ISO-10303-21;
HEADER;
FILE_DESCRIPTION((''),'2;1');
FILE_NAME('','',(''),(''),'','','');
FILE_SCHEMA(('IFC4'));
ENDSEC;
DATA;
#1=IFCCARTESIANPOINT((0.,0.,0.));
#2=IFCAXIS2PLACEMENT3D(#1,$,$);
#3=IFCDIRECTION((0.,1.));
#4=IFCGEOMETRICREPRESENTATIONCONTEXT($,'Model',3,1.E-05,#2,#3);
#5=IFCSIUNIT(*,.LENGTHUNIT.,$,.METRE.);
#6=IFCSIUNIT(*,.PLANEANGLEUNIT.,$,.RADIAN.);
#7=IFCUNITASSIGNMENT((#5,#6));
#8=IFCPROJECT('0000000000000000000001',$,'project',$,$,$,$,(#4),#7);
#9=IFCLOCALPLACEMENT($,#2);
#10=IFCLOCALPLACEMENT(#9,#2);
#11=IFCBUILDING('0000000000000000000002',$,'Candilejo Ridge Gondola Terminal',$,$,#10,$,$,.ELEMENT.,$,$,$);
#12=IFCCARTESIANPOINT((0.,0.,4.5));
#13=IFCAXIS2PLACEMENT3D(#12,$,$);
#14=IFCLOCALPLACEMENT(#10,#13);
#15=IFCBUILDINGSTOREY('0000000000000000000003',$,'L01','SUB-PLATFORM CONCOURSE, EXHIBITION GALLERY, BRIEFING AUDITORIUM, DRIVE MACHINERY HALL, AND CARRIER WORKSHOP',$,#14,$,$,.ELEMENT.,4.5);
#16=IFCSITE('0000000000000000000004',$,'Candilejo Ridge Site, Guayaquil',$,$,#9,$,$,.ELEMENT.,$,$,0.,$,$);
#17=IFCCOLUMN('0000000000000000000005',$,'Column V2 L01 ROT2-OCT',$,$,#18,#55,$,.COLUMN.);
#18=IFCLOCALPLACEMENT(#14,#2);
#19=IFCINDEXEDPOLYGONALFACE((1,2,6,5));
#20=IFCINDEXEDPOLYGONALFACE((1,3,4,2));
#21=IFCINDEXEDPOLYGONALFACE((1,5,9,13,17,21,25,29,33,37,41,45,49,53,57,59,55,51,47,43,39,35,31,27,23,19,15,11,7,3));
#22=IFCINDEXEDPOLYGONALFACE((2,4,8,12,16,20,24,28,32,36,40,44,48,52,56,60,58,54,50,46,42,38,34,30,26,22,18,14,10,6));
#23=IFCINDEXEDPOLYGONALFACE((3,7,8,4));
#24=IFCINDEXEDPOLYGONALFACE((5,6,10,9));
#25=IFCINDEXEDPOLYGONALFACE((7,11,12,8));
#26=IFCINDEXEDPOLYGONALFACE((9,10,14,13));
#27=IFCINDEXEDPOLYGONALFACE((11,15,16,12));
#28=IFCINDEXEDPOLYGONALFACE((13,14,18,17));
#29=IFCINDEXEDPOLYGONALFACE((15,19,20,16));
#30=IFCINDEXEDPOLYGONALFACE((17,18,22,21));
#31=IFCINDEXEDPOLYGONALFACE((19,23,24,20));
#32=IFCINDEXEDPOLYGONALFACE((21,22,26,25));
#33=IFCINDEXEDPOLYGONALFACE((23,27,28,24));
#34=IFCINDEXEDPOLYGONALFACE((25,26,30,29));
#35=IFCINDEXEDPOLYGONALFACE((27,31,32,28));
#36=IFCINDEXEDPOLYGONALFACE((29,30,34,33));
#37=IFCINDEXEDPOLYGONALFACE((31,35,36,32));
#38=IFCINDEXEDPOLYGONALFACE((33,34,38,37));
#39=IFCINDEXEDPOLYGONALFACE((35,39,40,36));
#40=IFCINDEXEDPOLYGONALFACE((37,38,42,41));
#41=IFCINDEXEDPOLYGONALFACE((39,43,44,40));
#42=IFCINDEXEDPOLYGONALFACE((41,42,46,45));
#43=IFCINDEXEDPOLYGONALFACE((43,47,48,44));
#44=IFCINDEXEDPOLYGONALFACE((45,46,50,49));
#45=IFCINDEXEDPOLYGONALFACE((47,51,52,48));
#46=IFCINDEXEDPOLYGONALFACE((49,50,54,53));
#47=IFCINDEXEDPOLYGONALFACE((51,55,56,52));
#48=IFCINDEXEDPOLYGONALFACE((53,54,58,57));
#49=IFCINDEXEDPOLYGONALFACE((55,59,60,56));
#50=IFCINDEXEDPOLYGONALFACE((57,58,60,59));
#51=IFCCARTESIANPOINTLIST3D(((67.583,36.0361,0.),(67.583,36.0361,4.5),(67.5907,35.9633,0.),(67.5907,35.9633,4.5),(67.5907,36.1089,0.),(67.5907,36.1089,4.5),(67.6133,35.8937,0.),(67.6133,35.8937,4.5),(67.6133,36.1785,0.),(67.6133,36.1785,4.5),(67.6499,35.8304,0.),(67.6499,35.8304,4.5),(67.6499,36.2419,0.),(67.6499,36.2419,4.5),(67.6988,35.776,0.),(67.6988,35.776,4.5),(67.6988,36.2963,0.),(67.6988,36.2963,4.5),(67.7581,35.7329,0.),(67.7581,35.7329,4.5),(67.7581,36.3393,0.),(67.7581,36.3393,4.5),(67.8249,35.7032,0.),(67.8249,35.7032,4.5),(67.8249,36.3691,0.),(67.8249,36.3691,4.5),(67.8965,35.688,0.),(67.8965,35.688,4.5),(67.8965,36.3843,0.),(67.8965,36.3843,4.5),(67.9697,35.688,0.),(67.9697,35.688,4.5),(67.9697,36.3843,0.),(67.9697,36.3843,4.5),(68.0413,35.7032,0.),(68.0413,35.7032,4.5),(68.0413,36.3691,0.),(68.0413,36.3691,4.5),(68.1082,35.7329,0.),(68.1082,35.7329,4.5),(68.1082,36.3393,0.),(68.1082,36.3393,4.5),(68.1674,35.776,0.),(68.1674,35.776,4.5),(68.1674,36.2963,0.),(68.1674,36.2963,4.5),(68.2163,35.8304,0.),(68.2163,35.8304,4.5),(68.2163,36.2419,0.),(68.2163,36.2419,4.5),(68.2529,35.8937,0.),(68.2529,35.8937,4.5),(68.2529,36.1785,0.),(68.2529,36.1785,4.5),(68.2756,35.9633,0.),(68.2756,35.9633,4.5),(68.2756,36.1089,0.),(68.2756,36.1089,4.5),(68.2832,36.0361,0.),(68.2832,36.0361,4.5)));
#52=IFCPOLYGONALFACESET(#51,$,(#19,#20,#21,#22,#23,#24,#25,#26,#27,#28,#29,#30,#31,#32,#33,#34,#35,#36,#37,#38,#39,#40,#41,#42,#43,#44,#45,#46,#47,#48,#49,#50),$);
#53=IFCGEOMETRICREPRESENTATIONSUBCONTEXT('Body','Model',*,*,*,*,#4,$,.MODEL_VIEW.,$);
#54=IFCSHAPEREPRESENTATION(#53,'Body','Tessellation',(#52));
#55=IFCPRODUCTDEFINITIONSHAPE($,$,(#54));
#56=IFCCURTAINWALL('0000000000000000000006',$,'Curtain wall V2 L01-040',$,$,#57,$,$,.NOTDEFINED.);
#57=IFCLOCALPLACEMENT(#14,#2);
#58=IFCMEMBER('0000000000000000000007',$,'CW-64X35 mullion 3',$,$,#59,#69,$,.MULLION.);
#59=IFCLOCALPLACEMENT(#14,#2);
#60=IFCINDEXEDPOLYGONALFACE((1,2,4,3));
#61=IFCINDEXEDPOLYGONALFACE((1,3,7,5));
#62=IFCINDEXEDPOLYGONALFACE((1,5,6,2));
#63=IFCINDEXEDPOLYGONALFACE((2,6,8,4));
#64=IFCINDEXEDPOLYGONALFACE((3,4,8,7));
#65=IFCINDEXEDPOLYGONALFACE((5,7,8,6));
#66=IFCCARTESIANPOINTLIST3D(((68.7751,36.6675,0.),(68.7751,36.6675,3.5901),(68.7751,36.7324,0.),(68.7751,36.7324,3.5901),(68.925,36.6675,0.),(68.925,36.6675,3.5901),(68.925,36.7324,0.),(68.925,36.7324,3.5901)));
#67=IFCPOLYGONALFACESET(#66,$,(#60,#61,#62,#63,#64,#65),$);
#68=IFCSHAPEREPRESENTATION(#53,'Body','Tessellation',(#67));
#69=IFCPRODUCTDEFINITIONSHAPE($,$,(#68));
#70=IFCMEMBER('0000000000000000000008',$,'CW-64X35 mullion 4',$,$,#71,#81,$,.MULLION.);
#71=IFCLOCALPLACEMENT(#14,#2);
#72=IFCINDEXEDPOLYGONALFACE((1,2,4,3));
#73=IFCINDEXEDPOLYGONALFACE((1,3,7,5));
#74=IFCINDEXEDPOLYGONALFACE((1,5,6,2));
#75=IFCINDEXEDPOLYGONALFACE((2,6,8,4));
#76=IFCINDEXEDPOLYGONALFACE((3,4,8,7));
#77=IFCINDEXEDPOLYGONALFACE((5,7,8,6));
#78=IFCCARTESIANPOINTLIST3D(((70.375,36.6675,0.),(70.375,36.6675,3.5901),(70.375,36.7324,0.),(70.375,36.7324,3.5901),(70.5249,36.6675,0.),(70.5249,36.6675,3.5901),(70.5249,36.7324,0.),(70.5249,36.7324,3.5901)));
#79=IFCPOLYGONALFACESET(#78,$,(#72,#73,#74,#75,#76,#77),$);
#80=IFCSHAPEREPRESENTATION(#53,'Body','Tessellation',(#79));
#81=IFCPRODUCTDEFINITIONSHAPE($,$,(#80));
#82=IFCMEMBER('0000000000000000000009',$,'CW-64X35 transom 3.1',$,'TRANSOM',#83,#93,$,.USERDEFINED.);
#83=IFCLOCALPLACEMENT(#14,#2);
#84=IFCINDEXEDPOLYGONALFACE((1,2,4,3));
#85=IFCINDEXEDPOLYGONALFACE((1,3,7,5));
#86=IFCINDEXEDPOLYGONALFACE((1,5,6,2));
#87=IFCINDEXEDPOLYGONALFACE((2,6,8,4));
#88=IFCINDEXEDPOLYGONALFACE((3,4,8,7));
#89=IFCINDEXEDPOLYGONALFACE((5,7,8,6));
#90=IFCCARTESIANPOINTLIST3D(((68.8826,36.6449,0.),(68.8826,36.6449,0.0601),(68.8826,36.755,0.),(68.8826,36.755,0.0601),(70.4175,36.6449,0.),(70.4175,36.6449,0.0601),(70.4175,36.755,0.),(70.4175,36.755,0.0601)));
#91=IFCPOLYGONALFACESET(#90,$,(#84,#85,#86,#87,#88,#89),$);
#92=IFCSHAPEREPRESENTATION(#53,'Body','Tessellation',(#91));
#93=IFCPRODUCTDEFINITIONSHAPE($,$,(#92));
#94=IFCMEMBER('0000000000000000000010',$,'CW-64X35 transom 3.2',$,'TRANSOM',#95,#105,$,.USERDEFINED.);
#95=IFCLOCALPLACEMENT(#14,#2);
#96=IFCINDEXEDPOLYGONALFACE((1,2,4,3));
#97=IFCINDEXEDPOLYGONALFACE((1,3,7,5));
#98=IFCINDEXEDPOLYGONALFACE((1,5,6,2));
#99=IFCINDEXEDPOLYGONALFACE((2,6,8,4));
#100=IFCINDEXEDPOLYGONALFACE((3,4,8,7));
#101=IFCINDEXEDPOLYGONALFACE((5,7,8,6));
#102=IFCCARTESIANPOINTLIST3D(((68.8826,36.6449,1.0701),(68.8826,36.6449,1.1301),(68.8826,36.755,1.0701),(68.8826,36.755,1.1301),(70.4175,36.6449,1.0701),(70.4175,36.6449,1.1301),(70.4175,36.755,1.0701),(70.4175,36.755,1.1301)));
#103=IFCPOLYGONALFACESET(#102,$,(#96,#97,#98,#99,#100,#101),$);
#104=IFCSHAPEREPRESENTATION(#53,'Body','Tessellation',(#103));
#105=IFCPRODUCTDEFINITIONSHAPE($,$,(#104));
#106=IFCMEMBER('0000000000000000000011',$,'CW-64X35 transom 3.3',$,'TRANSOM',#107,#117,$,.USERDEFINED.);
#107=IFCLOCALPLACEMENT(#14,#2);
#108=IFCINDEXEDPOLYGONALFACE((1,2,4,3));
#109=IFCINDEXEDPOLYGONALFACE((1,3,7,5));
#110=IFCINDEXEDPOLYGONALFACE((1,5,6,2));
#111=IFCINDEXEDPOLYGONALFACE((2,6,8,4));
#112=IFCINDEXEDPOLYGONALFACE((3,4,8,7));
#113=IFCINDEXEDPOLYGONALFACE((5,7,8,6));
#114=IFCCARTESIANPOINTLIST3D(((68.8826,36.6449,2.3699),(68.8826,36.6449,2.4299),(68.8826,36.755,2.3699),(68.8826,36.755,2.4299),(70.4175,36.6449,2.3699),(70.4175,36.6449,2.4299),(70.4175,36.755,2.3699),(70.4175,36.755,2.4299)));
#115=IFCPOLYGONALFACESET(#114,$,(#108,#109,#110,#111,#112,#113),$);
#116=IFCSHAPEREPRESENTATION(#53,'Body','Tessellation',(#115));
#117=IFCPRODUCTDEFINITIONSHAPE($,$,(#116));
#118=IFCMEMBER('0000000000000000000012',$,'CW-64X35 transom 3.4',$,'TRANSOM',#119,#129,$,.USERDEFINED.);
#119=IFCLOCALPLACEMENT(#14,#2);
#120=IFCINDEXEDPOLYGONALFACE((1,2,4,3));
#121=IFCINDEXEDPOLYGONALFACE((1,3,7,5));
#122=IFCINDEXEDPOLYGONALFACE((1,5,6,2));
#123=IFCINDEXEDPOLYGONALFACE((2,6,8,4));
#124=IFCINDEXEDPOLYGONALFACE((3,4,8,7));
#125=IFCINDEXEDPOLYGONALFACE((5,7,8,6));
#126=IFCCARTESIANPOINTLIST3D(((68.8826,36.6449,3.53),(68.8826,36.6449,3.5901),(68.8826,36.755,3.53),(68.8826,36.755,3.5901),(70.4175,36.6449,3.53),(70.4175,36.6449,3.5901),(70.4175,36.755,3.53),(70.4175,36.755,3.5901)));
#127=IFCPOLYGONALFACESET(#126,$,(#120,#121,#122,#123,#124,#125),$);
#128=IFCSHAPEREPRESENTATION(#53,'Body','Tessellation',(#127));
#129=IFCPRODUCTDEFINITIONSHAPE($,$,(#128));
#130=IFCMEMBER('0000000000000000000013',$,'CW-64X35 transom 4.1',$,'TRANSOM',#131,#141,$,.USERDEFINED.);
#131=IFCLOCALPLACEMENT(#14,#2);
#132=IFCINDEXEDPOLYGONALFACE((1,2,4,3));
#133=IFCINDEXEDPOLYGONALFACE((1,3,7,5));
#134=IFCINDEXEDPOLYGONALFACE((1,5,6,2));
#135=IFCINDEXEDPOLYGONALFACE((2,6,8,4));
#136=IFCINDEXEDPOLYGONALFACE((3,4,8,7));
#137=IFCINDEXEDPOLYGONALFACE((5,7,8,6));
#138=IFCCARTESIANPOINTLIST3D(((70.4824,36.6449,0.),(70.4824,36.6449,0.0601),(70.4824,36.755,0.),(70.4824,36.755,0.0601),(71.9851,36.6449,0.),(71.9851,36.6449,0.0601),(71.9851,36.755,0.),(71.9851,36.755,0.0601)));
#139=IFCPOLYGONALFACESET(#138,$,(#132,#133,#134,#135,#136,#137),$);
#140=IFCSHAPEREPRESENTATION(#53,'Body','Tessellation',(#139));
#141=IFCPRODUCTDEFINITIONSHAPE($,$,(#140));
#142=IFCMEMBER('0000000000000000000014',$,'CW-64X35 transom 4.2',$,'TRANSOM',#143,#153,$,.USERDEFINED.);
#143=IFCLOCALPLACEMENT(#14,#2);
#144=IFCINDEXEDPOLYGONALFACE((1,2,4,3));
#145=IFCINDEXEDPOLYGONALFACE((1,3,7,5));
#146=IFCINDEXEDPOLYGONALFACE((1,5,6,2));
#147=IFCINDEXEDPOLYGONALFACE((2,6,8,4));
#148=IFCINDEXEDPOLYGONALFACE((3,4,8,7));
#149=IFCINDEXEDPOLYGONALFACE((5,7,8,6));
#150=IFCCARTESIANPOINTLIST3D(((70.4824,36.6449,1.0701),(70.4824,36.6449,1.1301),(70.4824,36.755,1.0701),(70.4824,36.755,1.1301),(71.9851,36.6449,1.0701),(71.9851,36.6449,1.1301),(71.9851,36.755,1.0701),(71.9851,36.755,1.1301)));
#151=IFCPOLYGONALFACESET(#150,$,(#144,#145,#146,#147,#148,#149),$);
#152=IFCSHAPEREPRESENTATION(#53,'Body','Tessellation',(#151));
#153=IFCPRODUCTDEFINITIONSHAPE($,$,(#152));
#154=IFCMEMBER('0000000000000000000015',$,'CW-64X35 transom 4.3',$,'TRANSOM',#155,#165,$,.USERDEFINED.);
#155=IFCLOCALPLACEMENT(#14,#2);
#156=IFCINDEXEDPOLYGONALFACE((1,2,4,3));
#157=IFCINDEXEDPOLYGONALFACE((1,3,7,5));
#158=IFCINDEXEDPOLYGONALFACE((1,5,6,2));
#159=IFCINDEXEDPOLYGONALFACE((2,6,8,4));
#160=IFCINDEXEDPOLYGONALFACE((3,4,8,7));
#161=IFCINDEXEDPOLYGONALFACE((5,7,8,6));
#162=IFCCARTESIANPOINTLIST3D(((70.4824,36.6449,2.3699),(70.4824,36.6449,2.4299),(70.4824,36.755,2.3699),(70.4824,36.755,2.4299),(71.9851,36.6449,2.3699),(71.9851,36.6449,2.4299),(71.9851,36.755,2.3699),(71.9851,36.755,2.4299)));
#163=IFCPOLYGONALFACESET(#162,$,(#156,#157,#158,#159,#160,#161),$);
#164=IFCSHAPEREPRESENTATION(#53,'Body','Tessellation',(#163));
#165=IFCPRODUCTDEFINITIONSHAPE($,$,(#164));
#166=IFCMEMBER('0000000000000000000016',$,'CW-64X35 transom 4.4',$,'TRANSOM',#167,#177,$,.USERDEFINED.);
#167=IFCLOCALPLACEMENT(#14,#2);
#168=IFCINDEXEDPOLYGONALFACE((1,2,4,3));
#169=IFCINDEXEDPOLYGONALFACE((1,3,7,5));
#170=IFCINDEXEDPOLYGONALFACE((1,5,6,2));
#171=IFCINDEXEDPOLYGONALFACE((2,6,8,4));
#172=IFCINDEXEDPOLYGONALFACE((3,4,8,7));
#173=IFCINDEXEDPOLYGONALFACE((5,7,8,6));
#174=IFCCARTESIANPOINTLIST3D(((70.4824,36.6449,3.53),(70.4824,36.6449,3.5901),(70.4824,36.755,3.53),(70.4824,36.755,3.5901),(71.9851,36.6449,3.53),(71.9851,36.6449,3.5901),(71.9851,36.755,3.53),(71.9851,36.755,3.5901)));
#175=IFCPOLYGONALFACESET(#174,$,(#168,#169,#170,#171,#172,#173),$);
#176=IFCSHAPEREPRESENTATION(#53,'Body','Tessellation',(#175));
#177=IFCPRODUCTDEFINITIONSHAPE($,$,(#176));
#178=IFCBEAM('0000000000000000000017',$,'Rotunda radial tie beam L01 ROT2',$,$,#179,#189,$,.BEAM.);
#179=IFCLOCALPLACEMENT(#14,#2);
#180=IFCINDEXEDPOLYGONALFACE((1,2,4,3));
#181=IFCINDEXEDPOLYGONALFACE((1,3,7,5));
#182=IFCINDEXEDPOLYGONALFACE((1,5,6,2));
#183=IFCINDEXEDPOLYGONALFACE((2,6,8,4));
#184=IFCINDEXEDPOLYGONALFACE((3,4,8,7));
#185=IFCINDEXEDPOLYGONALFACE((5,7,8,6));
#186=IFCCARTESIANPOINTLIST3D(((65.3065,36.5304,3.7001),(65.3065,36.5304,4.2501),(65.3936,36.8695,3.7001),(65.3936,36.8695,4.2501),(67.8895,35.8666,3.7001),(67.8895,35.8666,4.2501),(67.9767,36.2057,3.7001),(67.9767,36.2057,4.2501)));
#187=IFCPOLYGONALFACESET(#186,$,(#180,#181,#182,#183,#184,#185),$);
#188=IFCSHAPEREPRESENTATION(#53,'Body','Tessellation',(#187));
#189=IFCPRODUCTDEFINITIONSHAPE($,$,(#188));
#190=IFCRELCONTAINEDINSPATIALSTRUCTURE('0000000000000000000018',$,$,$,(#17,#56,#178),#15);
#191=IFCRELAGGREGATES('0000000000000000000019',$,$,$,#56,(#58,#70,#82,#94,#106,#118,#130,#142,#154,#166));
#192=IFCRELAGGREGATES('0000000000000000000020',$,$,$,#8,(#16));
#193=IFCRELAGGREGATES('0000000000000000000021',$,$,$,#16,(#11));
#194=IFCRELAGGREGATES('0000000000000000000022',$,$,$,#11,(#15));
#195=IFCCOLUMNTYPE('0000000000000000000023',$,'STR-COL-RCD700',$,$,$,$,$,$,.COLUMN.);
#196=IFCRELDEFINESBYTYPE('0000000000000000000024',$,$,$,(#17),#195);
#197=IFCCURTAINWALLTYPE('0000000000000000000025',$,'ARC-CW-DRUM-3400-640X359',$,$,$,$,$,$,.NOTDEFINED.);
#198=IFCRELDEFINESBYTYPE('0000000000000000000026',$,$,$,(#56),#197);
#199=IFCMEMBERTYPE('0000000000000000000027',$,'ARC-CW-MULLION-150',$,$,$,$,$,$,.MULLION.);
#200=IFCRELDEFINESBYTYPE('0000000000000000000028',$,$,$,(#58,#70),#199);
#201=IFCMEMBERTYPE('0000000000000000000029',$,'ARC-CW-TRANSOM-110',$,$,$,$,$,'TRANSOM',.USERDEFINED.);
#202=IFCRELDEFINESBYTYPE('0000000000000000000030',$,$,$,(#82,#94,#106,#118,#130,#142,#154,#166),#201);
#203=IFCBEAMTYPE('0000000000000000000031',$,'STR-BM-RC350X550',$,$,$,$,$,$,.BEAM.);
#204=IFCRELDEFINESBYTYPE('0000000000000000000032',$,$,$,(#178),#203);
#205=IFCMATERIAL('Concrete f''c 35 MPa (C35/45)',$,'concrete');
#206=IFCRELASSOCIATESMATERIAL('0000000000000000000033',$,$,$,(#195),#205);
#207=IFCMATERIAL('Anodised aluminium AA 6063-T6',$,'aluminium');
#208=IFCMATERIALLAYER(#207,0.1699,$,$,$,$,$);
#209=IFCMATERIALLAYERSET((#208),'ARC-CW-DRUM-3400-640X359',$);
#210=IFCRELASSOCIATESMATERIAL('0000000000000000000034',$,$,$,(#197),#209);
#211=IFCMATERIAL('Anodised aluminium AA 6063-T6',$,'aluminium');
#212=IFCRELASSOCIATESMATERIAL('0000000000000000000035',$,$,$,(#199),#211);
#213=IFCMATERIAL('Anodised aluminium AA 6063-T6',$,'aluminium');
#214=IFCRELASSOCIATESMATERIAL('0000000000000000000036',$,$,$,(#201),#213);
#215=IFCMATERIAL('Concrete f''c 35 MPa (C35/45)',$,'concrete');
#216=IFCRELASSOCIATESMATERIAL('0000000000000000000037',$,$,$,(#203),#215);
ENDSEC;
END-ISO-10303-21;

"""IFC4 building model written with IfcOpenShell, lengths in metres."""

from ifc_helpers import new_model, si_unit, direction, frame, origin, origin_2d, place, context, subcontext, project, spatial, rectangle, circle, extrude, material, layer, layer_set, material_profile, profile_set, type_object, element, aggregate, save


model = new_model("IFC4")

# Units and contexts
model_context = context("Model", 3, precision=1e-05, world=origin(), true_north=direction((0.0, 1.0)))
body_context = subcontext(model_context, "Body", "Model", "MODEL_VIEW")
ifc_project = project(units=[si_unit("LENGTHUNIT", "METRE"), si_unit("PLANEANGLEUNIT", "RADIAN")], contexts=[model_context])

# Site, building, storey
site_placement = place(None, origin())
site = spatial("IfcSite", under=ifc_project, at=site_placement, Name="Candilejo Ridge Site, Guayaquil", CompositionType="ELEMENT", RefElevation=0.0)
building_placement = place(site_placement, origin())
building = spatial("IfcBuilding", under=site, at=building_placement, Name="Candilejo Ridge Gondola Terminal", CompositionType="ELEMENT")
storey_placement = place(building_placement, frame((0.0, 0.0, 4.5)))
storey = spatial("IfcBuildingStorey", under=building, at=storey_placement, Name="L01", Description="SUB-PLATFORM CONCOURSE, EXHIBITION GALLERY, BRIEFING AUDITORIUM, DRIVE MACHINERY HALL, AND CARRIER WORKSHOP", CompositionType="ELEMENT", Elevation=4.5)

# Column
ifc_material_1 = material(Name="Concrete f'c 35 MPa (C35/45)", Category="concrete")
ifc_material_profile_1 = material_profile(ifc_material_1, circle(Radius=0.3501, at=origin_2d()))
ifc_profile_set_1 = profile_set([ifc_material_profile_1], Name="Concrete f'c 35 MPa (C35/45)")
column_type = type_object("IfcColumnType", Name="STR-COL-RCD700", PredefinedType="COLUMN", material=ifc_profile_set_1)
column_placement = place(storey_placement, frame((67.9331, 36.0361, 0.0), z_axis=(0.0, 0.0, 1.0), x_axis=(1.0, 0.0, 0.0)))
element("IfcColumn", 1, at=column_placement, inside=storey, type_object=column_type, Name="Column V2 L01 ROT2-OCT", PredefinedType="COLUMN", context=body_context, shape_type="SweptSolid", body=[
    extrude(circle(Radius=0.3501, at=origin_2d()), origin(), (0.0, 0.0, 1.0), 4.5),
])

# Curtain wall, members
ifc_material_2 = material(Name="Anodised aluminium AA 6063-T6", Category="aluminium")
ifc_layer_1 = layer(ifc_material_2, 0.1699)
ifc_layer_set_1 = layer_set([ifc_layer_1], Name="ARC-CW-DRUM-3400-640X359")
curtain_wall_type = type_object("IfcCurtainWallType", Name="ARC-CW-DRUM-3400-640X359", PredefinedType="NOTDEFINED", material=ifc_layer_set_1)
curtain_wall_placement = place(storey_placement, origin())
curtain_wall = element("IfcCurtainWall", 2, at=curtain_wall_placement, inside=storey, type_object=curtain_wall_type, Name="Curtain wall V2 L01-040", PredefinedType="NOTDEFINED")
ifc_material_3 = material(Name="Anodised aluminium AA 6063-T6", Category="aluminium")
ifc_material_profile_2 = material_profile(ifc_material_3, rectangle(XDim=0.0649, YDim=0.1499, at=origin_2d()))
ifc_profile_set_2 = profile_set([ifc_material_profile_2], Name="Anodised aluminium AA 6063-T6")
member_type_1 = type_object("IfcMemberType", Name="ARC-CW-MULLION-150", PredefinedType="MULLION", material=ifc_profile_set_2)
member_1_placement = place(storey_placement, frame((68.8501, 36.7, 0.0), z_axis=(0.0, 0.0, 1.0), x_axis=(0.0, 1.0, 0.0)))
member_1 = element("IfcMember", 3, at=member_1_placement, type_object=member_type_1, Name="CW-64X35 mullion 3", PredefinedType="MULLION", context=body_context, shape_type="SweptSolid", body=[
    extrude(rectangle(XDim=0.0649, YDim=0.1499, at=origin_2d()), origin(), (0.0, 0.0, 1.0), 3.5901),
])
member_2_placement = place(storey_placement, frame((70.45, 36.7, 0.0), z_axis=(0.0, 0.0, 1.0), x_axis=(0.0, 1.0, 0.0)))
member_2 = element("IfcMember", 4, at=member_2_placement, type_object=member_type_1, Name="CW-64X35 mullion 4", PredefinedType="MULLION", context=body_context, shape_type="SweptSolid", body=[
    extrude(rectangle(XDim=0.0649, YDim=0.1499, at=origin_2d()), origin(), (0.0, 0.0, 1.0), 3.5901),
])
ifc_material_4 = material(Name="Anodised aluminium AA 6063-T6", Category="aluminium")
ifc_material_profile_3 = material_profile(ifc_material_4, rectangle(XDim=0.1101, YDim=0.0601, at=origin_2d()))
ifc_profile_set_3 = profile_set([ifc_material_profile_3], Name="Anodised aluminium AA 6063-T6")
member_type_2 = type_object("IfcMemberType", Name="ARC-CW-TRANSOM-110", ElementType="TRANSOM", PredefinedType="USERDEFINED", material=ifc_profile_set_3)
member_3_placement = place(storey_placement, frame((68.8826, 36.7, 0.03), z_axis=(1.0, 0.0, 0.0), x_axis=(0.0, 1.0, 0.0)))
member_3 = element("IfcMember", 5, at=member_3_placement, type_object=member_type_2, Name="CW-64X35 transom 3.1", ObjectType="TRANSOM", PredefinedType="USERDEFINED", context=body_context, shape_type="SweptSolid", body=[
    extrude(rectangle(XDim=0.1101, YDim=0.0601, at=origin_2d()), origin(), (0.0, 0.0, 1.0), 1.5349),
])
member_4_placement = place(storey_placement, frame((68.8826, 36.7, 1.1001), z_axis=(1.0, 0.0, 0.0), x_axis=(0.0, 1.0, 0.0)))
member_4 = element("IfcMember", 6, at=member_4_placement, type_object=member_type_2, Name="CW-64X35 transom 3.2", ObjectType="TRANSOM", PredefinedType="USERDEFINED", context=body_context, shape_type="SweptSolid", body=[
    extrude(rectangle(XDim=0.1101, YDim=0.0601, at=origin_2d()), origin(), (0.0, 0.0, 1.0), 1.5349),
])
member_5_placement = place(storey_placement, frame((68.8826, 36.7, 2.3999), z_axis=(1.0, 0.0, 0.0), x_axis=(0.0, 1.0, 0.0)))
member_5 = element("IfcMember", 7, at=member_5_placement, type_object=member_type_2, Name="CW-64X35 transom 3.3", ObjectType="TRANSOM", PredefinedType="USERDEFINED", context=body_context, shape_type="SweptSolid", body=[
    extrude(rectangle(XDim=0.1101, YDim=0.0601, at=origin_2d()), origin(), (0.0, 0.0, 1.0), 1.5349),
])
member_6_placement = place(storey_placement, frame((68.8826, 36.7, 3.5601), z_axis=(1.0, 0.0, 0.0), x_axis=(0.0, 1.0, 0.0)))
member_6 = element("IfcMember", 8, at=member_6_placement, type_object=member_type_2, Name="CW-64X35 transom 3.4", ObjectType="TRANSOM", PredefinedType="USERDEFINED", context=body_context, shape_type="SweptSolid", body=[
    extrude(rectangle(XDim=0.1101, YDim=0.0601, at=origin_2d()), origin(), (0.0, 0.0, 1.0), 1.5349),
])
member_7_placement = place(storey_placement, frame((70.4824, 36.7, 0.03), z_axis=(1.0, 0.0, 0.0), x_axis=(0.0, 1.0, 0.0)))
member_7 = element("IfcMember", 9, at=member_7_placement, type_object=member_type_2, Name="CW-64X35 transom 4.1", ObjectType="TRANSOM", PredefinedType="USERDEFINED", context=body_context, shape_type="SweptSolid", body=[
    extrude(rectangle(XDim=0.1101, YDim=0.0601, at=origin_2d()), origin(), (0.0, 0.0, 1.0), 1.5027),
])
member_8_placement = place(storey_placement, frame((70.4824, 36.7, 1.1001), z_axis=(1.0, 0.0, 0.0), x_axis=(0.0, 1.0, 0.0)))
member_8 = element("IfcMember", 10, at=member_8_placement, type_object=member_type_2, Name="CW-64X35 transom 4.2", ObjectType="TRANSOM", PredefinedType="USERDEFINED", context=body_context, shape_type="SweptSolid", body=[
    extrude(rectangle(XDim=0.1101, YDim=0.0601, at=origin_2d()), origin(), (0.0, 0.0, 1.0), 1.5027),
])
member_9_placement = place(storey_placement, frame((70.4824, 36.7, 2.3999), z_axis=(1.0, 0.0, 0.0), x_axis=(0.0, 1.0, 0.0)))
member_9 = element("IfcMember", 11, at=member_9_placement, type_object=member_type_2, Name="CW-64X35 transom 4.3", ObjectType="TRANSOM", PredefinedType="USERDEFINED", context=body_context, shape_type="SweptSolid", body=[
    extrude(rectangle(XDim=0.1101, YDim=0.0601, at=origin_2d()), origin(), (0.0, 0.0, 1.0), 1.5027),
])
member_10_placement = place(storey_placement, frame((70.4824, 36.7, 3.5601), z_axis=(1.0, 0.0, 0.0), x_axis=(0.0, 1.0, 0.0)))
member_10 = element("IfcMember", 12, at=member_10_placement, type_object=member_type_2, Name="CW-64X35 transom 4.4", ObjectType="TRANSOM", PredefinedType="USERDEFINED", context=body_context, shape_type="SweptSolid", body=[
    extrude(rectangle(XDim=0.1101, YDim=0.0601, at=origin_2d()), origin(), (0.0, 0.0, 1.0), 1.5027),
])

# Beam
ifc_material_5 = material(Name="Concrete f'c 35 MPa (C35/45)", Category="concrete")
ifc_material_profile_4 = material_profile(ifc_material_5, rectangle(XDim=0.3501, YDim=0.55, at=origin_2d()))
ifc_profile_set_4 = profile_set([ifc_material_profile_4], Name="Concrete f'c 35 MPa (C35/45)")
beam_type_1 = type_object("IfcBeamType", Name="STR-BM-RC350X550", PredefinedType="BEAM", material=ifc_profile_set_4)
beam_1_placement = place(storey_placement, frame((67.9331, 36.0361, 3.9751), z_axis=(-0.968528, 0.248906, 0.0), x_axis=(-0.248906, -0.968528, 0.0)))
element("IfcBeam", 13, at=beam_1_placement, inside=storey, type_object=beam_type_1, Name="Rotunda radial tie beam L01 ROT2", PredefinedType="BEAM", context=body_context, shape_type="SweptSolid", body=[
    extrude(rectangle(XDim=0.3501, YDim=0.55, at=origin_2d()), origin(), (0.0, 0.0, 1.0), 2.667),
])

aggregate(curtain_wall, [member_1, member_2, member_3, member_4, member_5, member_6, member_7, member_8, member_9, member_10])

save(model, "model.ifc")
